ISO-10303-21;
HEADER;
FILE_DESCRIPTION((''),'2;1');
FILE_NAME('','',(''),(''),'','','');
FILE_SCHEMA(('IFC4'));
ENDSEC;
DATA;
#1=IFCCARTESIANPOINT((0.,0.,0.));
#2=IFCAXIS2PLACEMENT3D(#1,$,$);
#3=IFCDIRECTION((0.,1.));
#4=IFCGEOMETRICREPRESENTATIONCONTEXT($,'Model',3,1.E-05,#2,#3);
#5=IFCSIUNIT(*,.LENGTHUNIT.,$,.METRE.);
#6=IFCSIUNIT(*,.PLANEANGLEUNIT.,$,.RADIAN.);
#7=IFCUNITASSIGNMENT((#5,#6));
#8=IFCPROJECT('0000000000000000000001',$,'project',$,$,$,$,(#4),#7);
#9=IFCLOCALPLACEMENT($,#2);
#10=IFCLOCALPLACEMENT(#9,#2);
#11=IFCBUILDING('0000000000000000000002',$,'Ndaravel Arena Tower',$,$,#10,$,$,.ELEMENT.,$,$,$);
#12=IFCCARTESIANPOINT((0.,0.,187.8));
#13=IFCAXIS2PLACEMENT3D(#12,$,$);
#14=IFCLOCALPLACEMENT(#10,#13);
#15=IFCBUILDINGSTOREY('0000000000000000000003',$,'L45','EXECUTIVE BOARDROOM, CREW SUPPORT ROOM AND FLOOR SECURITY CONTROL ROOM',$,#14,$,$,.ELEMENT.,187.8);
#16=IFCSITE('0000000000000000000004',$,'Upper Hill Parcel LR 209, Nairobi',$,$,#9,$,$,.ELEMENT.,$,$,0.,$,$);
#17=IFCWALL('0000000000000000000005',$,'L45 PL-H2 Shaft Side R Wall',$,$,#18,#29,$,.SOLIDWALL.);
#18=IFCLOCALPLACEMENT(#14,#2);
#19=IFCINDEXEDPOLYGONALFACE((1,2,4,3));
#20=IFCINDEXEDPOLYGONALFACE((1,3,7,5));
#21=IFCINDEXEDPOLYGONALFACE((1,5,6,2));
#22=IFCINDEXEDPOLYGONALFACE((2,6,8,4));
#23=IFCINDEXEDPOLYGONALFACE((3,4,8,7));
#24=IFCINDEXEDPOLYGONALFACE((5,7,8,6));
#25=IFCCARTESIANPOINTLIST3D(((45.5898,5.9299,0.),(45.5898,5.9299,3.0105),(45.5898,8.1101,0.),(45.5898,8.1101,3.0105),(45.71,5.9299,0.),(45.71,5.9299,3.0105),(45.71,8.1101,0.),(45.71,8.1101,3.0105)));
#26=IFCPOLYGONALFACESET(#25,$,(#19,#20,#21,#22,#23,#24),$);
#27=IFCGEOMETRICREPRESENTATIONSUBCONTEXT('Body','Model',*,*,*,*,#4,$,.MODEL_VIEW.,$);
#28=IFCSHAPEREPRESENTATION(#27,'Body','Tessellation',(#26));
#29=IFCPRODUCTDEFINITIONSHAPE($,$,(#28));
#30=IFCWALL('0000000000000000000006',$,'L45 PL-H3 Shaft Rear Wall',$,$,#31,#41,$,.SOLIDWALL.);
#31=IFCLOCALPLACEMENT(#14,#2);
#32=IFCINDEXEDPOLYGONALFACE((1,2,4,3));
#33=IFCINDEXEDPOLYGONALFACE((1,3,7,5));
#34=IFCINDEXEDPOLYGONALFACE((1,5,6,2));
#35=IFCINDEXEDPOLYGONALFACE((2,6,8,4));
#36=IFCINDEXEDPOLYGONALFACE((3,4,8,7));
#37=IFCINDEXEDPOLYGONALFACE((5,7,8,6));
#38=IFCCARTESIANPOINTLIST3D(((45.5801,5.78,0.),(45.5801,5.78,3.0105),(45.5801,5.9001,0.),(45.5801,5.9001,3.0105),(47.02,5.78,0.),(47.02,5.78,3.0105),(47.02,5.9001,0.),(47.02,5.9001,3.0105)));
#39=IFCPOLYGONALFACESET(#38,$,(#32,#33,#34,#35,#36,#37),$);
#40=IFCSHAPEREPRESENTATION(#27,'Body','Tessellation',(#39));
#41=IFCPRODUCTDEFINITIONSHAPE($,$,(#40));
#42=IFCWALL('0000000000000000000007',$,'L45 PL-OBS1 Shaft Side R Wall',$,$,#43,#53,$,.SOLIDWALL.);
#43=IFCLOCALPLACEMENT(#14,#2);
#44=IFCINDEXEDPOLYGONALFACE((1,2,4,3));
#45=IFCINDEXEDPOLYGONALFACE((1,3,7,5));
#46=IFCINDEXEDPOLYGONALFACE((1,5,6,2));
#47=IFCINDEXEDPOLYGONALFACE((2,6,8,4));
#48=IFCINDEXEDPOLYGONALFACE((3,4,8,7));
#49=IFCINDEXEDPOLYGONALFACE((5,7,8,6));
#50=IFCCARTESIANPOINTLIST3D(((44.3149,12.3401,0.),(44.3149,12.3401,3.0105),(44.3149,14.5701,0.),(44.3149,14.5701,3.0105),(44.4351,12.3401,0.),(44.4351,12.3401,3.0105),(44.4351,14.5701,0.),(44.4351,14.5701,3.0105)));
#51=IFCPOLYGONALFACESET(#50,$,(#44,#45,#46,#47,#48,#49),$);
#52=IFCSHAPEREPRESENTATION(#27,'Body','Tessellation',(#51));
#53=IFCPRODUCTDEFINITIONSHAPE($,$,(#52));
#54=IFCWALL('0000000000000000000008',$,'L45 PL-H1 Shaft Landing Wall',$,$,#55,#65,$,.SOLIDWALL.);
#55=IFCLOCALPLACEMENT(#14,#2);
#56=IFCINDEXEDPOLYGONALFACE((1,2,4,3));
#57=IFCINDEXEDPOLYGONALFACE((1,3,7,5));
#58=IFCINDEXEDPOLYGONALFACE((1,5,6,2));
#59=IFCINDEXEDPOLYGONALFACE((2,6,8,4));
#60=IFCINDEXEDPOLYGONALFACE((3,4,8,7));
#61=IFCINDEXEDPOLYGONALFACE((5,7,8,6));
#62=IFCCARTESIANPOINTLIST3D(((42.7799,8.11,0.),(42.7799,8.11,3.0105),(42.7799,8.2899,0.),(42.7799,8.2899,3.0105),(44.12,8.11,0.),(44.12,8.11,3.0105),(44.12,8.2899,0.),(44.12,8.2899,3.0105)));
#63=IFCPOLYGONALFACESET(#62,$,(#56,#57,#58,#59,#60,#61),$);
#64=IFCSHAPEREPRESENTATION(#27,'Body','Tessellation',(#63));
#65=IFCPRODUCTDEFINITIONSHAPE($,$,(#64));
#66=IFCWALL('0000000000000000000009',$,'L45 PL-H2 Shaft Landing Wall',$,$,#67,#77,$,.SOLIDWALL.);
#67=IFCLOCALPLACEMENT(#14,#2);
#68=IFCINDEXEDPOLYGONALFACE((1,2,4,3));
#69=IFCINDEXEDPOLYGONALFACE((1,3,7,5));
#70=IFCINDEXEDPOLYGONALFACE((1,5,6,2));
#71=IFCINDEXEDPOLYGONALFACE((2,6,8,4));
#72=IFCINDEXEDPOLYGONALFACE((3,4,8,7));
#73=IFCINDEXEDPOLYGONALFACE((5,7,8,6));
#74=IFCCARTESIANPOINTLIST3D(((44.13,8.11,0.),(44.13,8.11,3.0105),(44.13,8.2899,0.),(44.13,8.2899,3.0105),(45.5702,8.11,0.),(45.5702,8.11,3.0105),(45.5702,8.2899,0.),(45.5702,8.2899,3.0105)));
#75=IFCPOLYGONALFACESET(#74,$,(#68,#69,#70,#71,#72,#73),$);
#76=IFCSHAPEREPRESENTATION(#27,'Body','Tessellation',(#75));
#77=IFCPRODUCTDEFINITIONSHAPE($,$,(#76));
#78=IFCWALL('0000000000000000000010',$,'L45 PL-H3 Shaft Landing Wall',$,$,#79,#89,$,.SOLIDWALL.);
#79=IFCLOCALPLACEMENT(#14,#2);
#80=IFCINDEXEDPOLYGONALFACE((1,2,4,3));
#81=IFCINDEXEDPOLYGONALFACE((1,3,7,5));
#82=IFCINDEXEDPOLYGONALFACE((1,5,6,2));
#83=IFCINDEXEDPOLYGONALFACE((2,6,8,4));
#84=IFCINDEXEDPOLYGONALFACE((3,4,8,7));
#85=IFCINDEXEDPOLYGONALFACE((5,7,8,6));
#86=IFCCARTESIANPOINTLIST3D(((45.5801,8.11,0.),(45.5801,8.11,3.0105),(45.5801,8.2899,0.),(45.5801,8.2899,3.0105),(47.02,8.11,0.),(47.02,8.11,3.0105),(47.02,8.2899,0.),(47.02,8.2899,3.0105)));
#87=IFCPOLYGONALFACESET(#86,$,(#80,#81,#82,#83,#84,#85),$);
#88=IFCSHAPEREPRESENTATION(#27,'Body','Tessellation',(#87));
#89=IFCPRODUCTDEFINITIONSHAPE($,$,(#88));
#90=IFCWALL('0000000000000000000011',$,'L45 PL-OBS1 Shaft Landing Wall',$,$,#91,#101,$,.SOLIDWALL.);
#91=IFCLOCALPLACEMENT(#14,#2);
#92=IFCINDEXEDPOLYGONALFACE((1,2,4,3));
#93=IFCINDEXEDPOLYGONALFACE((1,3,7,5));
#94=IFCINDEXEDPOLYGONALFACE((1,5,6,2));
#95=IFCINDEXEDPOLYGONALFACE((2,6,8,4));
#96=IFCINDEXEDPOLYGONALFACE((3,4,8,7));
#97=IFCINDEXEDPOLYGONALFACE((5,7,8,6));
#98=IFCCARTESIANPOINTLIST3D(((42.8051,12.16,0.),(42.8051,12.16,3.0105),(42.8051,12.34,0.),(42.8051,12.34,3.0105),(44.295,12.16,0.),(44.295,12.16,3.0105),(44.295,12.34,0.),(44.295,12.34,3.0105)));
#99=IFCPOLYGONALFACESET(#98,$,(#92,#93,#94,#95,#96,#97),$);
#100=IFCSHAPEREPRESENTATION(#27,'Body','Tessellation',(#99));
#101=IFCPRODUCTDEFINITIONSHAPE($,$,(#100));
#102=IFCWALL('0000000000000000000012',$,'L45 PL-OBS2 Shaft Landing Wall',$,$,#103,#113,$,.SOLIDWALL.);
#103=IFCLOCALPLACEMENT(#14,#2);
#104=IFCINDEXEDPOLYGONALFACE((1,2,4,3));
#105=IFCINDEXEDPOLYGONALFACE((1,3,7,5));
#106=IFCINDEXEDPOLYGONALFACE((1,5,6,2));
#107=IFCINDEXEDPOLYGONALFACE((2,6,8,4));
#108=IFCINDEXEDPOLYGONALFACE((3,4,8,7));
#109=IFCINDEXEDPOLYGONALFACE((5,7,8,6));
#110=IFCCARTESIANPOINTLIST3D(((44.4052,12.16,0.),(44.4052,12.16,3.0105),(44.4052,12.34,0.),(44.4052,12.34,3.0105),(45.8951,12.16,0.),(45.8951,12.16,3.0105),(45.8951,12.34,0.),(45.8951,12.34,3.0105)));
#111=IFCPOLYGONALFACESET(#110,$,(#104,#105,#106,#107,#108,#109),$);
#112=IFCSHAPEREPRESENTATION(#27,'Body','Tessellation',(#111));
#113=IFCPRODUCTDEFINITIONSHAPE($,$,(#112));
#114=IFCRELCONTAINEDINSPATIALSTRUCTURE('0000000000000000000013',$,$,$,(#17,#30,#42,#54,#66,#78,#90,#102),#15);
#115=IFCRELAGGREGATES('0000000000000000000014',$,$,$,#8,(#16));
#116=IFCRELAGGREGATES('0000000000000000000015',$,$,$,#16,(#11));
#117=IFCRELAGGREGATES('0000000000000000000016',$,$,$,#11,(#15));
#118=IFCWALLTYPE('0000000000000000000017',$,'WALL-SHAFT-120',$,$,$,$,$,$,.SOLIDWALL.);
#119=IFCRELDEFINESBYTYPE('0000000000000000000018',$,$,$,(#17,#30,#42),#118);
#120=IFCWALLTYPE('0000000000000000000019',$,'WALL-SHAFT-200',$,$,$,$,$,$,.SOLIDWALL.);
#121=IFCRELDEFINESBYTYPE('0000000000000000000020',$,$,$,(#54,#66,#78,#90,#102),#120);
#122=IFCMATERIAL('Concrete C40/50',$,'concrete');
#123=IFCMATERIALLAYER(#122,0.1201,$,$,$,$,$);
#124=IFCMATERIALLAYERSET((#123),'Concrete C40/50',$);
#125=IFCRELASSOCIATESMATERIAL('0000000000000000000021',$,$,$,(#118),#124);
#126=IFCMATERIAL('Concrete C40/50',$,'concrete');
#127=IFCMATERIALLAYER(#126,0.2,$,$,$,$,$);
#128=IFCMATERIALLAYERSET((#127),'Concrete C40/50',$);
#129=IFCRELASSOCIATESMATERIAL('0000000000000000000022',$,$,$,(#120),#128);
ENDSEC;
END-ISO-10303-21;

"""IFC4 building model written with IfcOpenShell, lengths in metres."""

from ifc_helpers import new_model, si_unit, direction, frame, frame_2d, origin, place, context, subcontext, project, spatial, rectangle, extrude, material, layer, layer_set, type_object, element, save


model = new_model("IFC4")

# Units and contexts
model_context = context("Model", 3, precision=1e-05, world=origin(), true_north=direction((0.0, 1.0)))
body_context = subcontext(model_context, "Body", "Model", "MODEL_VIEW")
ifc_project = project(units=[si_unit("LENGTHUNIT", "METRE"), si_unit("PLANEANGLEUNIT", "RADIAN")], contexts=[model_context])

# Site, building, storey
site_placement = place(None, origin())
site = spatial("IfcSite", under=ifc_project, at=site_placement, Name="Upper Hill Parcel LR 209, Nairobi", CompositionType="ELEMENT", RefElevation=0.0)
building_placement = place(site_placement, origin())
building = spatial("IfcBuilding", under=site, at=building_placement, Name="Ndaravel Arena Tower", CompositionType="ELEMENT")
storey_placement = place(building_placement, frame((0.0, 0.0, 187.8)))
storey = spatial("IfcBuildingStorey", under=building, at=storey_placement, Name="L45", Description="EXECUTIVE BOARDROOM, CREW SUPPORT ROOM AND FLOOR SECURITY CONTROL ROOM", CompositionType="ELEMENT", Elevation=187.8)

# Walls
ifc_material_1 = material(Name="Concrete C40/50", Category="concrete")
ifc_layer_1 = layer(ifc_material_1, 0.1201)
ifc_layer_set_1 = layer_set([ifc_layer_1], Name="Concrete C40/50")
wall_type_1 = type_object("IfcWallType", Name="WALL-SHAFT-120", PredefinedType="SOLIDWALL", material=ifc_layer_set_1)
wall_1_placement = place(storey_placement, frame((45.6499, 5.9299, 0.0), z_axis=(0.0, 0.0, 1.0), x_axis=(0.0, 1.0, 0.0)))
element("IfcWall", 1, at=wall_1_placement, inside=storey, type_object=wall_type_1, Name="L45 PL-H2 Shaft Side R Wall", PredefinedType="SOLIDWALL", context=body_context, shape_type="SweptSolid", body=[
    extrude(rectangle(XDim=2.1802, YDim=0.1201, at=frame_2d((1.0901, 0.0))), origin(), (0.0, 0.0, 1.0), 3.0105),
])
wall_2_placement = place(storey_placement, frame((45.5801, 5.8401, 0.0), z_axis=(0.0, 0.0, 1.0), x_axis=(1.0, 0.0, 0.0)))
element("IfcWall", 2, at=wall_2_placement, inside=storey, type_object=wall_type_1, Name="L45 PL-H3 Shaft Rear Wall", PredefinedType="SOLIDWALL", context=body_context, shape_type="SweptSolid", body=[
    extrude(rectangle(XDim=1.4399, YDim=0.1201, at=frame_2d((0.72, 0.0))), origin(), (0.0, 0.0, 1.0), 3.0105),
])
wall_3_placement = place(storey_placement, frame((44.375, 12.3401, 0.0), z_axis=(0.0, 0.0, 1.0), x_axis=(0.0, 1.0, 0.0)))
element("IfcWall", 3, at=wall_3_placement, inside=storey, type_object=wall_type_1, Name="L45 PL-OBS1 Shaft Side R Wall", PredefinedType="SOLIDWALL", context=body_context, shape_type="SweptSolid", body=[
    extrude(rectangle(XDim=2.23, YDim=0.1201, at=frame_2d((1.115, 0.0))), origin(), (0.0, 0.0, 1.0), 3.0105),
])
ifc_material_2 = material(Name="Concrete C40/50", Category="concrete")
ifc_layer_2 = layer(ifc_material_2, 0.2)
ifc_layer_set_2 = layer_set([ifc_layer_2], Name="Concrete C40/50")
wall_type_2 = type_object("IfcWallType", Name="WALL-SHAFT-200", PredefinedType="SOLIDWALL", material=ifc_layer_set_2)
wall_4_placement = place(storey_placement, frame((42.78, 8.2, 0.0), z_axis=(0.0, 0.0, 1.0), x_axis=(1.0, 0.0, 0.0)))
element("IfcWall", 4, at=wall_4_placement, inside=storey, type_object=wall_type_2, Name="L45 PL-H1 Shaft Landing Wall", PredefinedType="SOLIDWALL", context=body_context, shape_type="SweptSolid", body=[
    extrude(rectangle(XDim=1.3401, YDim=0.1799, at=frame_2d((0.6699, 0.0))), origin(), (0.0, 0.0, 1.0), 3.0105),
])
wall_5_placement = place(storey_placement, frame((44.1299, 8.2, 0.0), z_axis=(0.0, 0.0, 1.0), x_axis=(1.0, 0.0, 0.0)))
element("IfcWall", 5, at=wall_5_placement, inside=storey, type_object=wall_type_2, Name="L45 PL-H2 Shaft Landing Wall", PredefinedType="SOLIDWALL", context=body_context, shape_type="SweptSolid", body=[
    extrude(rectangle(XDim=1.4402, YDim=0.1799, at=frame_2d((0.7202, 0.0))), origin(), (0.0, 0.0, 1.0), 3.0105),
])
wall_6_placement = place(storey_placement, frame((45.5801, 8.2, 0.0), z_axis=(0.0, 0.0, 1.0), x_axis=(1.0, 0.0, 0.0)))
element("IfcWall", 6, at=wall_6_placement, inside=storey, type_object=wall_type_2, Name="L45 PL-H3 Shaft Landing Wall", PredefinedType="SOLIDWALL", context=body_context, shape_type="SweptSolid", body=[
    extrude(rectangle(XDim=1.4399, YDim=0.1799, at=frame_2d((0.72, 0.0))), origin(), (0.0, 0.0, 1.0), 3.0105),
])
for number, where, z_axis, x_axis, name in (
    (7, (42.8049, 12.25, 0.0), (0.0, 0.0, 1.0), (1.0, 0.0, 0.0), "L45 PL-OBS1 Shaft Landing Wall"),
    (8, (44.405, 12.25, 0.0), (0.0, 0.0, 1.0), (1.0, 0.0, 0.0), "L45 PL-OBS2 Shaft Landing Wall"),
):
    element("IfcWall", number, at=place(storey_placement, frame(where, z_axis=z_axis, x_axis=x_axis)), inside=storey, type_object=wall_type_2, Name=name, PredefinedType="SOLIDWALL", context=body_context, shape_type="SweptSolid", body=[
        extrude(rectangle(XDim=1.49, YDim=0.1799, at=frame_2d((0.7451, 0.0))), origin(), (0.0, 0.0, 1.0), 3.0105),
    ])

save(model, "model.ifc")
